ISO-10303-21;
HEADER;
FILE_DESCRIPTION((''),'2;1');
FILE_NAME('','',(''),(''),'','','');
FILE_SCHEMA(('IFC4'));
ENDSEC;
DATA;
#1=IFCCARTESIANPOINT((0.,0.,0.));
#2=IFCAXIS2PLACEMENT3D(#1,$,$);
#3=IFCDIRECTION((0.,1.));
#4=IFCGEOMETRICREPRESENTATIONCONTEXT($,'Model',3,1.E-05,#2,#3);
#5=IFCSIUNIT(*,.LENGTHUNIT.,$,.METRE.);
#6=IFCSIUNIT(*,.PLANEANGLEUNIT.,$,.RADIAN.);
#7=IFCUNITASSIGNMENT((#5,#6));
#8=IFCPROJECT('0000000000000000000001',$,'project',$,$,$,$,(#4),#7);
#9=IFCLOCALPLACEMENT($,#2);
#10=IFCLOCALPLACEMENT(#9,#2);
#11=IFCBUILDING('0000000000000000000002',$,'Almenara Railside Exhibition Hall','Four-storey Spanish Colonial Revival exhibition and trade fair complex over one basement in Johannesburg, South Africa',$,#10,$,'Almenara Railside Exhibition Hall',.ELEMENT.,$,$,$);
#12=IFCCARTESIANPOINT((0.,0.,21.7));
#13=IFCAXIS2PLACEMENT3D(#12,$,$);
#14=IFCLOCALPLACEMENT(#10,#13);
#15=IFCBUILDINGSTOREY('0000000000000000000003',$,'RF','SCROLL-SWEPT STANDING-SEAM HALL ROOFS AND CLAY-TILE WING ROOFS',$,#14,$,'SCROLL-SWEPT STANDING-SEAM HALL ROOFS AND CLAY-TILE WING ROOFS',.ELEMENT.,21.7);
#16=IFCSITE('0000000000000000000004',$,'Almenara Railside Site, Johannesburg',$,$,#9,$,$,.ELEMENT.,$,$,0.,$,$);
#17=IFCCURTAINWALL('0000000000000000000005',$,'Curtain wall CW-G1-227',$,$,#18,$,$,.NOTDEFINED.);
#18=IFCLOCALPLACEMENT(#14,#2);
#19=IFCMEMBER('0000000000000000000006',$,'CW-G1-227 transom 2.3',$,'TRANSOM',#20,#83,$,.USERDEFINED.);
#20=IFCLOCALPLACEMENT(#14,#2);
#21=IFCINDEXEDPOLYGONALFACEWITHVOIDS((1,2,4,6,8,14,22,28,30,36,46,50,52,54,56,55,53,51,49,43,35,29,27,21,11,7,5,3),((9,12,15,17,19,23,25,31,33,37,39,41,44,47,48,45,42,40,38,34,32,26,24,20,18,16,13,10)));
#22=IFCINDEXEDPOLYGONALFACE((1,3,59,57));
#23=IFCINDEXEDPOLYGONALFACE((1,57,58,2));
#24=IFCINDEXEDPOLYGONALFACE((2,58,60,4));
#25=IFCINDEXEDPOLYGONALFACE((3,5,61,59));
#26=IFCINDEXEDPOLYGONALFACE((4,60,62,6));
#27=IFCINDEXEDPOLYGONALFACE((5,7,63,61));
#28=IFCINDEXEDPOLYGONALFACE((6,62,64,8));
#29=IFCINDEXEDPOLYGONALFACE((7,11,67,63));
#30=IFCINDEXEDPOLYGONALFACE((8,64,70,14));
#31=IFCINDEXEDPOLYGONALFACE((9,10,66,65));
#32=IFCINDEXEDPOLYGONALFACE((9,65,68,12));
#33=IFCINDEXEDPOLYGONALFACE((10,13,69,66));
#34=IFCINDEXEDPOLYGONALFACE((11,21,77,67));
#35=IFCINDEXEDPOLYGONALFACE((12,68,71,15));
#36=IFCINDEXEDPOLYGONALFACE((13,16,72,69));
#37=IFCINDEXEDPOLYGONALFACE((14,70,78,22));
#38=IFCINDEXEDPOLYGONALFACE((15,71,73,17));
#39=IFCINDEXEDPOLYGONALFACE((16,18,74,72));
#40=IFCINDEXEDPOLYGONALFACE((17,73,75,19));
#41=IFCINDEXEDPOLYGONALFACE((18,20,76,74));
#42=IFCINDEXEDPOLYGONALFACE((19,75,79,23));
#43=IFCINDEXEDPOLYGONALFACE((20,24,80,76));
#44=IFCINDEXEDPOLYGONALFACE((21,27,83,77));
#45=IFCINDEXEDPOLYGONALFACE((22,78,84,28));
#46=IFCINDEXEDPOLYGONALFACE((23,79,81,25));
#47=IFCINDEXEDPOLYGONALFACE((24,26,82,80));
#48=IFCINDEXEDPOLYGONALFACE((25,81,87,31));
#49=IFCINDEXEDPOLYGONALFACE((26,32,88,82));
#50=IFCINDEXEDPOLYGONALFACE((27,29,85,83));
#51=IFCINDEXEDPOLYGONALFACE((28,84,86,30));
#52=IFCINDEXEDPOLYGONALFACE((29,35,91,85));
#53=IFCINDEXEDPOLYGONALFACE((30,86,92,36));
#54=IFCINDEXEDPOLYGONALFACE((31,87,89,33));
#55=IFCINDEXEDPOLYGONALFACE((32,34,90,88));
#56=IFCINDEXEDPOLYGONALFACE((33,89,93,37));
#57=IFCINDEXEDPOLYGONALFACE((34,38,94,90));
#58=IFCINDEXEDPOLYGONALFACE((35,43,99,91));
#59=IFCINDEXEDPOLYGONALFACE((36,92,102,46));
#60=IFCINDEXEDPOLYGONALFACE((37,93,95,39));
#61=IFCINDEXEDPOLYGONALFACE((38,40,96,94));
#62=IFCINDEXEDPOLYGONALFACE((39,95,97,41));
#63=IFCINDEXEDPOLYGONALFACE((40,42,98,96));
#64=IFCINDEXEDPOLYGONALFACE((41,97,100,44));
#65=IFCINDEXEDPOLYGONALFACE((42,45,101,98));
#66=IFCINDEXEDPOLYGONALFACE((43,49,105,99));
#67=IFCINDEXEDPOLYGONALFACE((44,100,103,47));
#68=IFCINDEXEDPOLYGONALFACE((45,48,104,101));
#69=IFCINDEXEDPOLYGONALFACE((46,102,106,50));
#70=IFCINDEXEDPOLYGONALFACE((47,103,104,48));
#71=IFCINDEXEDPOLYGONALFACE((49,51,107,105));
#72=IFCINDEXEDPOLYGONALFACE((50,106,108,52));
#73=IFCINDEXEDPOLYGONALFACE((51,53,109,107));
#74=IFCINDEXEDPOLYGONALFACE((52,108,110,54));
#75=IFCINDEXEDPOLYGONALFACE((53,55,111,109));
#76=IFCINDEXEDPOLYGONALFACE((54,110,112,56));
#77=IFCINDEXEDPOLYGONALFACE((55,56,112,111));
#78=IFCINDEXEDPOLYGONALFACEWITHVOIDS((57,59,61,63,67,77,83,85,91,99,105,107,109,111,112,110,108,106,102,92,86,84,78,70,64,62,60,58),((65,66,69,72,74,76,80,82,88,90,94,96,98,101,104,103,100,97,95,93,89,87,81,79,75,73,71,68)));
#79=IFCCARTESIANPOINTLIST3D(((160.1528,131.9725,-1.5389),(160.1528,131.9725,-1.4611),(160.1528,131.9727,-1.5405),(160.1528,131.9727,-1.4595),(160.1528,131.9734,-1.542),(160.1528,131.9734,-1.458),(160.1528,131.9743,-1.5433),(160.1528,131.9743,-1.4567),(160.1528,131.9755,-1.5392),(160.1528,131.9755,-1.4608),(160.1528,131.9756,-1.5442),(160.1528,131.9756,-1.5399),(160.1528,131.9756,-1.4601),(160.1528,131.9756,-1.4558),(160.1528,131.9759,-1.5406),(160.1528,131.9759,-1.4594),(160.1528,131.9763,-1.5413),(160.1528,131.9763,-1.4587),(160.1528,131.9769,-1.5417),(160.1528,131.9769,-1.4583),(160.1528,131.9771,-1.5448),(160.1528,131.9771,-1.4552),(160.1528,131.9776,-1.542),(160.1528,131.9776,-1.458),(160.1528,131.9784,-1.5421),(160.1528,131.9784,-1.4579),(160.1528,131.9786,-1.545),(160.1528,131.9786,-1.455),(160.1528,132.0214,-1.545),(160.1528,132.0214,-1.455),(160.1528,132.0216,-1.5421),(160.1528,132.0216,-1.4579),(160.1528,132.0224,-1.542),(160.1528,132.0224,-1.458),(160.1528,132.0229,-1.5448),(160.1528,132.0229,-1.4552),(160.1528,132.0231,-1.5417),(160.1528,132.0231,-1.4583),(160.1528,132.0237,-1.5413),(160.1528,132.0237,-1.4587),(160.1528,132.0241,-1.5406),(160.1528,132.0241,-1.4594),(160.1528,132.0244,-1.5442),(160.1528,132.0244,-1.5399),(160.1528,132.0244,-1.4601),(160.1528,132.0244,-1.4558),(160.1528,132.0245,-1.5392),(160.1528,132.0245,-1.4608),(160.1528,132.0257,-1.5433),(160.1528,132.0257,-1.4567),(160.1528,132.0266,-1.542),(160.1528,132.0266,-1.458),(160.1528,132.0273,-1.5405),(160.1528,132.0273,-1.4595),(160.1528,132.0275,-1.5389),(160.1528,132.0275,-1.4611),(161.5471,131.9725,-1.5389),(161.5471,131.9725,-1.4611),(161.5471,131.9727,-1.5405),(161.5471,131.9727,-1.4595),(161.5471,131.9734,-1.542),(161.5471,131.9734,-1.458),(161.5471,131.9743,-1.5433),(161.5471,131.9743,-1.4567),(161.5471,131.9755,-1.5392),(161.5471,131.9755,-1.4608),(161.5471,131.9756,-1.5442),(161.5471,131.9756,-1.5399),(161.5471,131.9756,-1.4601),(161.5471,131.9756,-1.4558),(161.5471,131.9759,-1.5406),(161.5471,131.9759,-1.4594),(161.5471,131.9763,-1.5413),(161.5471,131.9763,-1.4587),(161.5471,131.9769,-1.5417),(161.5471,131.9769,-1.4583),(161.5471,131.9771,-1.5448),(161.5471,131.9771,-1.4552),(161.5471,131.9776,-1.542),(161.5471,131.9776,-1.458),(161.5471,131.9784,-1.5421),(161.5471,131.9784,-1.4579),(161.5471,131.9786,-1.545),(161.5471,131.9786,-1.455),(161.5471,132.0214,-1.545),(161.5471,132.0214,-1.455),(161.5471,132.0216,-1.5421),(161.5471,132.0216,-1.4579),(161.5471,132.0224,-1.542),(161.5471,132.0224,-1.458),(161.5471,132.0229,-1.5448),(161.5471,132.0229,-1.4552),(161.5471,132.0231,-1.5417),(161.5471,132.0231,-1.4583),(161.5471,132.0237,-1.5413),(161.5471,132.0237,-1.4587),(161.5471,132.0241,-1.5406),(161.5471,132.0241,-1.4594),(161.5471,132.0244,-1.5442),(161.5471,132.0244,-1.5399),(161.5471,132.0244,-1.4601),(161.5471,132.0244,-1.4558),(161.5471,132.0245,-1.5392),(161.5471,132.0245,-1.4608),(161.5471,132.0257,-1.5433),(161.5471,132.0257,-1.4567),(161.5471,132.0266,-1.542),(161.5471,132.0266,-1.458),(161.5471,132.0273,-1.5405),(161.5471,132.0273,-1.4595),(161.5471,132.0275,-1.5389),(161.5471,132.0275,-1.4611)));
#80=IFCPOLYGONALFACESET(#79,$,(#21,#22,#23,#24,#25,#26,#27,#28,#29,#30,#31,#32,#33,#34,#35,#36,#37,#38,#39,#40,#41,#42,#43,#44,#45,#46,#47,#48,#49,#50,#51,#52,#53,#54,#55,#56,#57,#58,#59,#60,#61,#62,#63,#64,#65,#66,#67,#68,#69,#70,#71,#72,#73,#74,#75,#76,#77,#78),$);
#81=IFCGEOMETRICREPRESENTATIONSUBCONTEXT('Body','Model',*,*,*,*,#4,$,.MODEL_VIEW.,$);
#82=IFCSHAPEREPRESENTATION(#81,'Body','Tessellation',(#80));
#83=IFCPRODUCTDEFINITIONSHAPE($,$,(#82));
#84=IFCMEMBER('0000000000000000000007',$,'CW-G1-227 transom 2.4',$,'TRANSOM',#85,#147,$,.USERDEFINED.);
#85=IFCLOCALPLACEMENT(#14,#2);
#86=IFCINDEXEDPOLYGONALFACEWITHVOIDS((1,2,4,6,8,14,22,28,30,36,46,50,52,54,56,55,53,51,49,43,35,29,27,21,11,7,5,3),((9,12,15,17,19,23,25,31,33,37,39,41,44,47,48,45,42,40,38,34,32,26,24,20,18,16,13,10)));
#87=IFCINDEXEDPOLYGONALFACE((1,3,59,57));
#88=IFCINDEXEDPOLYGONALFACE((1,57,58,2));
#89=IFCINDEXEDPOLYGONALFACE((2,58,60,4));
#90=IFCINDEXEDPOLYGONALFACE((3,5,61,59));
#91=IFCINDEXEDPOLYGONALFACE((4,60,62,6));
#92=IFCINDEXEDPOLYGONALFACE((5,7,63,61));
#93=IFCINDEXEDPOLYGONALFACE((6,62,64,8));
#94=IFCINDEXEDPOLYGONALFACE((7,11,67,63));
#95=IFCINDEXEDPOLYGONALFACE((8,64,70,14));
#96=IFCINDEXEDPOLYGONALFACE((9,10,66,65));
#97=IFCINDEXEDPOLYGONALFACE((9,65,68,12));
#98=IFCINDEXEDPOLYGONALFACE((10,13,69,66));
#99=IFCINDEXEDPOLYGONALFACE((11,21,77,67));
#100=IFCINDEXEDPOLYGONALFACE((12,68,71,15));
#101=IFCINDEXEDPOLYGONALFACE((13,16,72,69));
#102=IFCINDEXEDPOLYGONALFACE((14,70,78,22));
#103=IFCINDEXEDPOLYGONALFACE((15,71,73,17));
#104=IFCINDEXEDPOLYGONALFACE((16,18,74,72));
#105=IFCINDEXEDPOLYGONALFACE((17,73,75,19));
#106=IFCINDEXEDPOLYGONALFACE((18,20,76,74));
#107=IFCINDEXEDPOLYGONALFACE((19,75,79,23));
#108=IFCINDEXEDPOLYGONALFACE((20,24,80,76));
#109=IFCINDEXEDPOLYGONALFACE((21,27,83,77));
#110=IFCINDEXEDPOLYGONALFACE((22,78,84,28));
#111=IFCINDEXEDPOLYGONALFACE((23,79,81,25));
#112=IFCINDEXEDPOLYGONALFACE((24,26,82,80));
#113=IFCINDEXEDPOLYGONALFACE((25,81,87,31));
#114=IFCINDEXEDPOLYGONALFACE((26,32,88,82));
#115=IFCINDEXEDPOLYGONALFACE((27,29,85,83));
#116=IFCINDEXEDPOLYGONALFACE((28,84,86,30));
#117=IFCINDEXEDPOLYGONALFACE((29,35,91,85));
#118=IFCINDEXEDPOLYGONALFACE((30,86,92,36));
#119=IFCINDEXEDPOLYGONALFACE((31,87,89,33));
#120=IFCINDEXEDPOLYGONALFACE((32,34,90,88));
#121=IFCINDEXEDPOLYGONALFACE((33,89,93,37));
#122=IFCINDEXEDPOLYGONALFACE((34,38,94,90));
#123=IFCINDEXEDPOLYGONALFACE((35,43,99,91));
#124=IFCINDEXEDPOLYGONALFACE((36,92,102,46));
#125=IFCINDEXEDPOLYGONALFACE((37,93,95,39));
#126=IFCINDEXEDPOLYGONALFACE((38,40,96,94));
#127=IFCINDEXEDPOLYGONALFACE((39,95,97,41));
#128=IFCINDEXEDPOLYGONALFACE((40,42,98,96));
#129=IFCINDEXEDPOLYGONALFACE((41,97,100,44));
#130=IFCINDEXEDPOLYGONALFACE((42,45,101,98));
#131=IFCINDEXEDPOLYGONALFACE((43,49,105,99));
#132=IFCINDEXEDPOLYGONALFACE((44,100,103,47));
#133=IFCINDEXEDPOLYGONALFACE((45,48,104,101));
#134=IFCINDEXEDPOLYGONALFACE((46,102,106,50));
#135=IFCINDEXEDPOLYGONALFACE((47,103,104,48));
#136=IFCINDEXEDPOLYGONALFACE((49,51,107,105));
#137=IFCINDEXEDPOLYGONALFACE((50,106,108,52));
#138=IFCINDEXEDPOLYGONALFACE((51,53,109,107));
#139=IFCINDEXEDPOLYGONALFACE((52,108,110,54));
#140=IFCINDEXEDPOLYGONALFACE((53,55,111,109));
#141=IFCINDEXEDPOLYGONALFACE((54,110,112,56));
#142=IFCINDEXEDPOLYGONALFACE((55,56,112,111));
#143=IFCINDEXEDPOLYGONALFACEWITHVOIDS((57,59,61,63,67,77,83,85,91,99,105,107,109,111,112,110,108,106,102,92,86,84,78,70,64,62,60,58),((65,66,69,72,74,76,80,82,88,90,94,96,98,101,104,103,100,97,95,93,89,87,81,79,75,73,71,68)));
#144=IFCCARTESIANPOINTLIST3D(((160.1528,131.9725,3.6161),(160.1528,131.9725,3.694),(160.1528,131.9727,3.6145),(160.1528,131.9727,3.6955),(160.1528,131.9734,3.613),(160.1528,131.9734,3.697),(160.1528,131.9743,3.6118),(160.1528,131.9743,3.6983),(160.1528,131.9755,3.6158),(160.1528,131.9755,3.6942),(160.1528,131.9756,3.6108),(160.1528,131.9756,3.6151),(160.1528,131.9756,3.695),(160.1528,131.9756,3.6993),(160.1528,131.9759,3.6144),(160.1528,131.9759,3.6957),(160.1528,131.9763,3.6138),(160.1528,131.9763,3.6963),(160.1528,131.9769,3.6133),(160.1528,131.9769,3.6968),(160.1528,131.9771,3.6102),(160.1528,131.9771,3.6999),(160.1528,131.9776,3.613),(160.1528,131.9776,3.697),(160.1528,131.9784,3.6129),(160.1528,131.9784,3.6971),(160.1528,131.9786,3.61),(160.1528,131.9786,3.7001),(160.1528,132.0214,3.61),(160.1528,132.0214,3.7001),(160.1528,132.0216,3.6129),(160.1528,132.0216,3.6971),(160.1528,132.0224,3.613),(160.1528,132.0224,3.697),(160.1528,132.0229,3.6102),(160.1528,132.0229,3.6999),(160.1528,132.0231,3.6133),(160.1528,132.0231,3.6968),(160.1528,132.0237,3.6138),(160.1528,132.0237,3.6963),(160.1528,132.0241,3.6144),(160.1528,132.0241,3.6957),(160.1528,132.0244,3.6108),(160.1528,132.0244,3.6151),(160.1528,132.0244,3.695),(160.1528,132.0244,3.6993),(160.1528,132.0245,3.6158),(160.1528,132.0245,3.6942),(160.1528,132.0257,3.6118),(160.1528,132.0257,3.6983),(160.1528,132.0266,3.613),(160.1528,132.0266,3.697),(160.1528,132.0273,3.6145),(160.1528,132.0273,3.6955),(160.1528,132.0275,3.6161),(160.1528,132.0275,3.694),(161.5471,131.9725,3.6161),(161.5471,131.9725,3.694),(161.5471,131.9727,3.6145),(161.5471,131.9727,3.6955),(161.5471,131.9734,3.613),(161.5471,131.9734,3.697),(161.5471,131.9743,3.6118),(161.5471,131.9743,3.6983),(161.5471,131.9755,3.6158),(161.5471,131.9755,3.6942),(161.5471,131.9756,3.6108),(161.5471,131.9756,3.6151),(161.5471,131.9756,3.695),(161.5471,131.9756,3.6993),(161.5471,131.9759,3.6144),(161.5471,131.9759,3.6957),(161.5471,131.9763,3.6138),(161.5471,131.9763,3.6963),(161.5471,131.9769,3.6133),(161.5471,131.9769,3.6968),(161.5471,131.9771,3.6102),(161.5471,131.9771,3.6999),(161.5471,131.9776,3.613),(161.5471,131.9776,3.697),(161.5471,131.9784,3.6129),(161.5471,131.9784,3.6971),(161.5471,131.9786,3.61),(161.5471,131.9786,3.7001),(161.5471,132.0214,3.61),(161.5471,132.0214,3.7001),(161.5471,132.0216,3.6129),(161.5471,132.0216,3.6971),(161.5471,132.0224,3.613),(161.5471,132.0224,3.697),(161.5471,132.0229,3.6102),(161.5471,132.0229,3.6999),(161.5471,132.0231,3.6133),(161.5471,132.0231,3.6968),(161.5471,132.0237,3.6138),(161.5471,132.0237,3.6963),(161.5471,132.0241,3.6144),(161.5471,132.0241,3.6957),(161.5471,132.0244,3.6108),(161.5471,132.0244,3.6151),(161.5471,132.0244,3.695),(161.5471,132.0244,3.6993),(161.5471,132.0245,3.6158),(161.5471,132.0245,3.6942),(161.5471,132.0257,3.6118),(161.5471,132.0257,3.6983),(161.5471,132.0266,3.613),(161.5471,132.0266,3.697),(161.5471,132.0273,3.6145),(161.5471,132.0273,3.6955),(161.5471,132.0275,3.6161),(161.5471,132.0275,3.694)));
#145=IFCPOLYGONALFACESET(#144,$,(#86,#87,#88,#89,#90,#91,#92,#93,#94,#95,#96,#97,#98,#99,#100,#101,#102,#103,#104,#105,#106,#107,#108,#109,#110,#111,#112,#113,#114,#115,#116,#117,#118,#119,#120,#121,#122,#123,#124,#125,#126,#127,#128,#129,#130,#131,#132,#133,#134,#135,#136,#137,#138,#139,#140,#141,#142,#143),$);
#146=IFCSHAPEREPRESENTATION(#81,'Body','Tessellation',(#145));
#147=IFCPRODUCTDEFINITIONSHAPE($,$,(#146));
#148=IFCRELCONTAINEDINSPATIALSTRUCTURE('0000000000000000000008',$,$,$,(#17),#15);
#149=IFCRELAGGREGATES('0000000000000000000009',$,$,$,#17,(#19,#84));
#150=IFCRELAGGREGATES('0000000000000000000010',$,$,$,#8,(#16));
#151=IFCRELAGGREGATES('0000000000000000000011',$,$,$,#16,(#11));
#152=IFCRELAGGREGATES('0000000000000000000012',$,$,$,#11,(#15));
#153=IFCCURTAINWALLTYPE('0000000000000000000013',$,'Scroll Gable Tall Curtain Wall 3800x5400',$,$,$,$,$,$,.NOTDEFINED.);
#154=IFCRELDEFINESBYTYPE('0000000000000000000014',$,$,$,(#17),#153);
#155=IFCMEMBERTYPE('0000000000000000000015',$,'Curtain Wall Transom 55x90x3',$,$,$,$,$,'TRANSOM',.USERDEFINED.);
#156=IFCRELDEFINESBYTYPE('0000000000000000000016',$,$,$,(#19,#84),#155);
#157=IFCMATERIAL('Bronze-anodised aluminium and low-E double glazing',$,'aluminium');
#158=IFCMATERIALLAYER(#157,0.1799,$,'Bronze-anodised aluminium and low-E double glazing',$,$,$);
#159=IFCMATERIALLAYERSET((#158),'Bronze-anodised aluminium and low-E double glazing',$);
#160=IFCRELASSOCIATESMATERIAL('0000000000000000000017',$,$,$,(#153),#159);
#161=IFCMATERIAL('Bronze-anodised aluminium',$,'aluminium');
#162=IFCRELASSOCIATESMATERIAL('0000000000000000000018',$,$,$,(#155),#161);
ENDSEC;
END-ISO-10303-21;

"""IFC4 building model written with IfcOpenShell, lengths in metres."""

from ifc_helpers import new_model, si_unit, direction, frame, origin, origin_2d, place, context, subcontext, project, spatial, hollow_rectangle, extrude, material, layer, layer_set, material_profile, profile_set, type_object, element, aggregate, save


model = new_model("IFC4")

# Units and contexts
model_context = context("Model", 3, precision=1e-05, world=origin(), true_north=direction((0.0, 1.0)))
body_context = subcontext(model_context, "Body", "Model", "MODEL_VIEW")
ifc_project = project(units=[si_unit("LENGTHUNIT", "METRE"), si_unit("PLANEANGLEUNIT", "RADIAN")], contexts=[model_context])

# Site, building, storey
site_placement = place(None, origin())
site = spatial("IfcSite", under=ifc_project, at=site_placement, Name="Almenara Railside Site, Johannesburg", CompositionType="ELEMENT", RefElevation=0.0)
building_placement = place(site_placement, origin())
building = spatial("IfcBuilding", under=site, at=building_placement, Name="Almenara Railside Exhibition Hall", Description="Four-storey Spanish Colonial Revival exhibition and trade fair complex over one basement in Johannesburg, South Africa", LongName="Almenara Railside Exhibition Hall", CompositionType="ELEMENT")
storey_placement = place(building_placement, frame((0.0, 0.0, 21.7)))
storey = spatial("IfcBuildingStorey", under=building, at=storey_placement, Name="RF", Description="SCROLL-SWEPT STANDING-SEAM HALL ROOFS AND CLAY-TILE WING ROOFS", LongName="SCROLL-SWEPT STANDING-SEAM HALL ROOFS AND CLAY-TILE WING ROOFS", CompositionType="ELEMENT", Elevation=21.7)

# Curtain wall, members
ifc_material_1 = material(Name="Bronze-anodised aluminium and low-E double glazing", Category="aluminium")
ifc_layer_1 = layer(ifc_material_1, 0.1799, Name="Bronze-anodised aluminium and low-E double glazing")
ifc_layer_set_1 = layer_set([ifc_layer_1], Name="Bronze-anodised aluminium and low-E double glazing")
curtain_wall_type = type_object("IfcCurtainWallType", Name="Scroll Gable Tall Curtain Wall 3800x5400", PredefinedType="NOTDEFINED", material=ifc_layer_set_1)
curtain_wall_1_placement = place(storey_placement, origin())
curtain_wall_1 = element("IfcCurtainWall", 1, at=curtain_wall_1_placement, inside=storey, type_object=curtain_wall_type, Name="Curtain wall CW-G1-227", PredefinedType="NOTDEFINED")
ifc_material_2 = material(Name="Bronze-anodised aluminium", Category="aluminium")
ifc_material_profile_1 = material_profile(ifc_material_2, hollow_rectangle(XDim=0.0549, YDim=0.0901, WallThickness=0.0029, InnerFilletRadius=0.0029, OuterFilletRadius=0.0061, at=origin_2d()), Name="ALU-TRN 55x90x3")
ifc_profile_set_1 = profile_set([ifc_material_profile_1], Name="Bronze-anodised aluminium")
member_type_1 = type_object("IfcMemberType", Name="Curtain Wall Transom 55x90x3", ElementType="TRANSOM", PredefinedType="USERDEFINED", material=ifc_profile_set_1)
member_1_placement = place(storey_placement, frame((160.1528, 132.0, -1.5), z_axis=(1.0, 0.0, 0.0), x_axis=(0.0, 1.0, 0.0)))
member_1 = element("IfcMember", 2, at=member_1_placement, type_object=member_type_1, Name="CW-G1-227 transom 2.3", ObjectType="TRANSOM", PredefinedType="USERDEFINED", context=body_context, shape_type="SweptSolid", body=[
    extrude(hollow_rectangle(XDim=0.0549, YDim=0.0901, WallThickness=0.0029, InnerFilletRadius=0.0029, OuterFilletRadius=0.0061, at=origin_2d()), origin(), (0.0, 0.0, 1.0), 1.3943),
])
member_2_placement = place(storey_placement, frame((160.1528, 132.0, 3.655), z_axis=(1.0, 0.0, 0.0), x_axis=(0.0, 1.0, 0.0)))
member_2 = element("IfcMember", 3, at=member_2_placement, type_object=member_type_1, Name="CW-G1-227 transom 2.4", ObjectType="TRANSOM", PredefinedType="USERDEFINED", context=body_context, shape_type="SweptSolid", body=[
    extrude(hollow_rectangle(XDim=0.0549, YDim=0.0901, WallThickness=0.0029, InnerFilletRadius=0.0029, OuterFilletRadius=0.0061, at=origin_2d()), origin(), (0.0, 0.0, 1.0), 1.3943),
])

aggregate(curtain_wall_1, [member_1, member_2])

save(model, "model.ifc")
